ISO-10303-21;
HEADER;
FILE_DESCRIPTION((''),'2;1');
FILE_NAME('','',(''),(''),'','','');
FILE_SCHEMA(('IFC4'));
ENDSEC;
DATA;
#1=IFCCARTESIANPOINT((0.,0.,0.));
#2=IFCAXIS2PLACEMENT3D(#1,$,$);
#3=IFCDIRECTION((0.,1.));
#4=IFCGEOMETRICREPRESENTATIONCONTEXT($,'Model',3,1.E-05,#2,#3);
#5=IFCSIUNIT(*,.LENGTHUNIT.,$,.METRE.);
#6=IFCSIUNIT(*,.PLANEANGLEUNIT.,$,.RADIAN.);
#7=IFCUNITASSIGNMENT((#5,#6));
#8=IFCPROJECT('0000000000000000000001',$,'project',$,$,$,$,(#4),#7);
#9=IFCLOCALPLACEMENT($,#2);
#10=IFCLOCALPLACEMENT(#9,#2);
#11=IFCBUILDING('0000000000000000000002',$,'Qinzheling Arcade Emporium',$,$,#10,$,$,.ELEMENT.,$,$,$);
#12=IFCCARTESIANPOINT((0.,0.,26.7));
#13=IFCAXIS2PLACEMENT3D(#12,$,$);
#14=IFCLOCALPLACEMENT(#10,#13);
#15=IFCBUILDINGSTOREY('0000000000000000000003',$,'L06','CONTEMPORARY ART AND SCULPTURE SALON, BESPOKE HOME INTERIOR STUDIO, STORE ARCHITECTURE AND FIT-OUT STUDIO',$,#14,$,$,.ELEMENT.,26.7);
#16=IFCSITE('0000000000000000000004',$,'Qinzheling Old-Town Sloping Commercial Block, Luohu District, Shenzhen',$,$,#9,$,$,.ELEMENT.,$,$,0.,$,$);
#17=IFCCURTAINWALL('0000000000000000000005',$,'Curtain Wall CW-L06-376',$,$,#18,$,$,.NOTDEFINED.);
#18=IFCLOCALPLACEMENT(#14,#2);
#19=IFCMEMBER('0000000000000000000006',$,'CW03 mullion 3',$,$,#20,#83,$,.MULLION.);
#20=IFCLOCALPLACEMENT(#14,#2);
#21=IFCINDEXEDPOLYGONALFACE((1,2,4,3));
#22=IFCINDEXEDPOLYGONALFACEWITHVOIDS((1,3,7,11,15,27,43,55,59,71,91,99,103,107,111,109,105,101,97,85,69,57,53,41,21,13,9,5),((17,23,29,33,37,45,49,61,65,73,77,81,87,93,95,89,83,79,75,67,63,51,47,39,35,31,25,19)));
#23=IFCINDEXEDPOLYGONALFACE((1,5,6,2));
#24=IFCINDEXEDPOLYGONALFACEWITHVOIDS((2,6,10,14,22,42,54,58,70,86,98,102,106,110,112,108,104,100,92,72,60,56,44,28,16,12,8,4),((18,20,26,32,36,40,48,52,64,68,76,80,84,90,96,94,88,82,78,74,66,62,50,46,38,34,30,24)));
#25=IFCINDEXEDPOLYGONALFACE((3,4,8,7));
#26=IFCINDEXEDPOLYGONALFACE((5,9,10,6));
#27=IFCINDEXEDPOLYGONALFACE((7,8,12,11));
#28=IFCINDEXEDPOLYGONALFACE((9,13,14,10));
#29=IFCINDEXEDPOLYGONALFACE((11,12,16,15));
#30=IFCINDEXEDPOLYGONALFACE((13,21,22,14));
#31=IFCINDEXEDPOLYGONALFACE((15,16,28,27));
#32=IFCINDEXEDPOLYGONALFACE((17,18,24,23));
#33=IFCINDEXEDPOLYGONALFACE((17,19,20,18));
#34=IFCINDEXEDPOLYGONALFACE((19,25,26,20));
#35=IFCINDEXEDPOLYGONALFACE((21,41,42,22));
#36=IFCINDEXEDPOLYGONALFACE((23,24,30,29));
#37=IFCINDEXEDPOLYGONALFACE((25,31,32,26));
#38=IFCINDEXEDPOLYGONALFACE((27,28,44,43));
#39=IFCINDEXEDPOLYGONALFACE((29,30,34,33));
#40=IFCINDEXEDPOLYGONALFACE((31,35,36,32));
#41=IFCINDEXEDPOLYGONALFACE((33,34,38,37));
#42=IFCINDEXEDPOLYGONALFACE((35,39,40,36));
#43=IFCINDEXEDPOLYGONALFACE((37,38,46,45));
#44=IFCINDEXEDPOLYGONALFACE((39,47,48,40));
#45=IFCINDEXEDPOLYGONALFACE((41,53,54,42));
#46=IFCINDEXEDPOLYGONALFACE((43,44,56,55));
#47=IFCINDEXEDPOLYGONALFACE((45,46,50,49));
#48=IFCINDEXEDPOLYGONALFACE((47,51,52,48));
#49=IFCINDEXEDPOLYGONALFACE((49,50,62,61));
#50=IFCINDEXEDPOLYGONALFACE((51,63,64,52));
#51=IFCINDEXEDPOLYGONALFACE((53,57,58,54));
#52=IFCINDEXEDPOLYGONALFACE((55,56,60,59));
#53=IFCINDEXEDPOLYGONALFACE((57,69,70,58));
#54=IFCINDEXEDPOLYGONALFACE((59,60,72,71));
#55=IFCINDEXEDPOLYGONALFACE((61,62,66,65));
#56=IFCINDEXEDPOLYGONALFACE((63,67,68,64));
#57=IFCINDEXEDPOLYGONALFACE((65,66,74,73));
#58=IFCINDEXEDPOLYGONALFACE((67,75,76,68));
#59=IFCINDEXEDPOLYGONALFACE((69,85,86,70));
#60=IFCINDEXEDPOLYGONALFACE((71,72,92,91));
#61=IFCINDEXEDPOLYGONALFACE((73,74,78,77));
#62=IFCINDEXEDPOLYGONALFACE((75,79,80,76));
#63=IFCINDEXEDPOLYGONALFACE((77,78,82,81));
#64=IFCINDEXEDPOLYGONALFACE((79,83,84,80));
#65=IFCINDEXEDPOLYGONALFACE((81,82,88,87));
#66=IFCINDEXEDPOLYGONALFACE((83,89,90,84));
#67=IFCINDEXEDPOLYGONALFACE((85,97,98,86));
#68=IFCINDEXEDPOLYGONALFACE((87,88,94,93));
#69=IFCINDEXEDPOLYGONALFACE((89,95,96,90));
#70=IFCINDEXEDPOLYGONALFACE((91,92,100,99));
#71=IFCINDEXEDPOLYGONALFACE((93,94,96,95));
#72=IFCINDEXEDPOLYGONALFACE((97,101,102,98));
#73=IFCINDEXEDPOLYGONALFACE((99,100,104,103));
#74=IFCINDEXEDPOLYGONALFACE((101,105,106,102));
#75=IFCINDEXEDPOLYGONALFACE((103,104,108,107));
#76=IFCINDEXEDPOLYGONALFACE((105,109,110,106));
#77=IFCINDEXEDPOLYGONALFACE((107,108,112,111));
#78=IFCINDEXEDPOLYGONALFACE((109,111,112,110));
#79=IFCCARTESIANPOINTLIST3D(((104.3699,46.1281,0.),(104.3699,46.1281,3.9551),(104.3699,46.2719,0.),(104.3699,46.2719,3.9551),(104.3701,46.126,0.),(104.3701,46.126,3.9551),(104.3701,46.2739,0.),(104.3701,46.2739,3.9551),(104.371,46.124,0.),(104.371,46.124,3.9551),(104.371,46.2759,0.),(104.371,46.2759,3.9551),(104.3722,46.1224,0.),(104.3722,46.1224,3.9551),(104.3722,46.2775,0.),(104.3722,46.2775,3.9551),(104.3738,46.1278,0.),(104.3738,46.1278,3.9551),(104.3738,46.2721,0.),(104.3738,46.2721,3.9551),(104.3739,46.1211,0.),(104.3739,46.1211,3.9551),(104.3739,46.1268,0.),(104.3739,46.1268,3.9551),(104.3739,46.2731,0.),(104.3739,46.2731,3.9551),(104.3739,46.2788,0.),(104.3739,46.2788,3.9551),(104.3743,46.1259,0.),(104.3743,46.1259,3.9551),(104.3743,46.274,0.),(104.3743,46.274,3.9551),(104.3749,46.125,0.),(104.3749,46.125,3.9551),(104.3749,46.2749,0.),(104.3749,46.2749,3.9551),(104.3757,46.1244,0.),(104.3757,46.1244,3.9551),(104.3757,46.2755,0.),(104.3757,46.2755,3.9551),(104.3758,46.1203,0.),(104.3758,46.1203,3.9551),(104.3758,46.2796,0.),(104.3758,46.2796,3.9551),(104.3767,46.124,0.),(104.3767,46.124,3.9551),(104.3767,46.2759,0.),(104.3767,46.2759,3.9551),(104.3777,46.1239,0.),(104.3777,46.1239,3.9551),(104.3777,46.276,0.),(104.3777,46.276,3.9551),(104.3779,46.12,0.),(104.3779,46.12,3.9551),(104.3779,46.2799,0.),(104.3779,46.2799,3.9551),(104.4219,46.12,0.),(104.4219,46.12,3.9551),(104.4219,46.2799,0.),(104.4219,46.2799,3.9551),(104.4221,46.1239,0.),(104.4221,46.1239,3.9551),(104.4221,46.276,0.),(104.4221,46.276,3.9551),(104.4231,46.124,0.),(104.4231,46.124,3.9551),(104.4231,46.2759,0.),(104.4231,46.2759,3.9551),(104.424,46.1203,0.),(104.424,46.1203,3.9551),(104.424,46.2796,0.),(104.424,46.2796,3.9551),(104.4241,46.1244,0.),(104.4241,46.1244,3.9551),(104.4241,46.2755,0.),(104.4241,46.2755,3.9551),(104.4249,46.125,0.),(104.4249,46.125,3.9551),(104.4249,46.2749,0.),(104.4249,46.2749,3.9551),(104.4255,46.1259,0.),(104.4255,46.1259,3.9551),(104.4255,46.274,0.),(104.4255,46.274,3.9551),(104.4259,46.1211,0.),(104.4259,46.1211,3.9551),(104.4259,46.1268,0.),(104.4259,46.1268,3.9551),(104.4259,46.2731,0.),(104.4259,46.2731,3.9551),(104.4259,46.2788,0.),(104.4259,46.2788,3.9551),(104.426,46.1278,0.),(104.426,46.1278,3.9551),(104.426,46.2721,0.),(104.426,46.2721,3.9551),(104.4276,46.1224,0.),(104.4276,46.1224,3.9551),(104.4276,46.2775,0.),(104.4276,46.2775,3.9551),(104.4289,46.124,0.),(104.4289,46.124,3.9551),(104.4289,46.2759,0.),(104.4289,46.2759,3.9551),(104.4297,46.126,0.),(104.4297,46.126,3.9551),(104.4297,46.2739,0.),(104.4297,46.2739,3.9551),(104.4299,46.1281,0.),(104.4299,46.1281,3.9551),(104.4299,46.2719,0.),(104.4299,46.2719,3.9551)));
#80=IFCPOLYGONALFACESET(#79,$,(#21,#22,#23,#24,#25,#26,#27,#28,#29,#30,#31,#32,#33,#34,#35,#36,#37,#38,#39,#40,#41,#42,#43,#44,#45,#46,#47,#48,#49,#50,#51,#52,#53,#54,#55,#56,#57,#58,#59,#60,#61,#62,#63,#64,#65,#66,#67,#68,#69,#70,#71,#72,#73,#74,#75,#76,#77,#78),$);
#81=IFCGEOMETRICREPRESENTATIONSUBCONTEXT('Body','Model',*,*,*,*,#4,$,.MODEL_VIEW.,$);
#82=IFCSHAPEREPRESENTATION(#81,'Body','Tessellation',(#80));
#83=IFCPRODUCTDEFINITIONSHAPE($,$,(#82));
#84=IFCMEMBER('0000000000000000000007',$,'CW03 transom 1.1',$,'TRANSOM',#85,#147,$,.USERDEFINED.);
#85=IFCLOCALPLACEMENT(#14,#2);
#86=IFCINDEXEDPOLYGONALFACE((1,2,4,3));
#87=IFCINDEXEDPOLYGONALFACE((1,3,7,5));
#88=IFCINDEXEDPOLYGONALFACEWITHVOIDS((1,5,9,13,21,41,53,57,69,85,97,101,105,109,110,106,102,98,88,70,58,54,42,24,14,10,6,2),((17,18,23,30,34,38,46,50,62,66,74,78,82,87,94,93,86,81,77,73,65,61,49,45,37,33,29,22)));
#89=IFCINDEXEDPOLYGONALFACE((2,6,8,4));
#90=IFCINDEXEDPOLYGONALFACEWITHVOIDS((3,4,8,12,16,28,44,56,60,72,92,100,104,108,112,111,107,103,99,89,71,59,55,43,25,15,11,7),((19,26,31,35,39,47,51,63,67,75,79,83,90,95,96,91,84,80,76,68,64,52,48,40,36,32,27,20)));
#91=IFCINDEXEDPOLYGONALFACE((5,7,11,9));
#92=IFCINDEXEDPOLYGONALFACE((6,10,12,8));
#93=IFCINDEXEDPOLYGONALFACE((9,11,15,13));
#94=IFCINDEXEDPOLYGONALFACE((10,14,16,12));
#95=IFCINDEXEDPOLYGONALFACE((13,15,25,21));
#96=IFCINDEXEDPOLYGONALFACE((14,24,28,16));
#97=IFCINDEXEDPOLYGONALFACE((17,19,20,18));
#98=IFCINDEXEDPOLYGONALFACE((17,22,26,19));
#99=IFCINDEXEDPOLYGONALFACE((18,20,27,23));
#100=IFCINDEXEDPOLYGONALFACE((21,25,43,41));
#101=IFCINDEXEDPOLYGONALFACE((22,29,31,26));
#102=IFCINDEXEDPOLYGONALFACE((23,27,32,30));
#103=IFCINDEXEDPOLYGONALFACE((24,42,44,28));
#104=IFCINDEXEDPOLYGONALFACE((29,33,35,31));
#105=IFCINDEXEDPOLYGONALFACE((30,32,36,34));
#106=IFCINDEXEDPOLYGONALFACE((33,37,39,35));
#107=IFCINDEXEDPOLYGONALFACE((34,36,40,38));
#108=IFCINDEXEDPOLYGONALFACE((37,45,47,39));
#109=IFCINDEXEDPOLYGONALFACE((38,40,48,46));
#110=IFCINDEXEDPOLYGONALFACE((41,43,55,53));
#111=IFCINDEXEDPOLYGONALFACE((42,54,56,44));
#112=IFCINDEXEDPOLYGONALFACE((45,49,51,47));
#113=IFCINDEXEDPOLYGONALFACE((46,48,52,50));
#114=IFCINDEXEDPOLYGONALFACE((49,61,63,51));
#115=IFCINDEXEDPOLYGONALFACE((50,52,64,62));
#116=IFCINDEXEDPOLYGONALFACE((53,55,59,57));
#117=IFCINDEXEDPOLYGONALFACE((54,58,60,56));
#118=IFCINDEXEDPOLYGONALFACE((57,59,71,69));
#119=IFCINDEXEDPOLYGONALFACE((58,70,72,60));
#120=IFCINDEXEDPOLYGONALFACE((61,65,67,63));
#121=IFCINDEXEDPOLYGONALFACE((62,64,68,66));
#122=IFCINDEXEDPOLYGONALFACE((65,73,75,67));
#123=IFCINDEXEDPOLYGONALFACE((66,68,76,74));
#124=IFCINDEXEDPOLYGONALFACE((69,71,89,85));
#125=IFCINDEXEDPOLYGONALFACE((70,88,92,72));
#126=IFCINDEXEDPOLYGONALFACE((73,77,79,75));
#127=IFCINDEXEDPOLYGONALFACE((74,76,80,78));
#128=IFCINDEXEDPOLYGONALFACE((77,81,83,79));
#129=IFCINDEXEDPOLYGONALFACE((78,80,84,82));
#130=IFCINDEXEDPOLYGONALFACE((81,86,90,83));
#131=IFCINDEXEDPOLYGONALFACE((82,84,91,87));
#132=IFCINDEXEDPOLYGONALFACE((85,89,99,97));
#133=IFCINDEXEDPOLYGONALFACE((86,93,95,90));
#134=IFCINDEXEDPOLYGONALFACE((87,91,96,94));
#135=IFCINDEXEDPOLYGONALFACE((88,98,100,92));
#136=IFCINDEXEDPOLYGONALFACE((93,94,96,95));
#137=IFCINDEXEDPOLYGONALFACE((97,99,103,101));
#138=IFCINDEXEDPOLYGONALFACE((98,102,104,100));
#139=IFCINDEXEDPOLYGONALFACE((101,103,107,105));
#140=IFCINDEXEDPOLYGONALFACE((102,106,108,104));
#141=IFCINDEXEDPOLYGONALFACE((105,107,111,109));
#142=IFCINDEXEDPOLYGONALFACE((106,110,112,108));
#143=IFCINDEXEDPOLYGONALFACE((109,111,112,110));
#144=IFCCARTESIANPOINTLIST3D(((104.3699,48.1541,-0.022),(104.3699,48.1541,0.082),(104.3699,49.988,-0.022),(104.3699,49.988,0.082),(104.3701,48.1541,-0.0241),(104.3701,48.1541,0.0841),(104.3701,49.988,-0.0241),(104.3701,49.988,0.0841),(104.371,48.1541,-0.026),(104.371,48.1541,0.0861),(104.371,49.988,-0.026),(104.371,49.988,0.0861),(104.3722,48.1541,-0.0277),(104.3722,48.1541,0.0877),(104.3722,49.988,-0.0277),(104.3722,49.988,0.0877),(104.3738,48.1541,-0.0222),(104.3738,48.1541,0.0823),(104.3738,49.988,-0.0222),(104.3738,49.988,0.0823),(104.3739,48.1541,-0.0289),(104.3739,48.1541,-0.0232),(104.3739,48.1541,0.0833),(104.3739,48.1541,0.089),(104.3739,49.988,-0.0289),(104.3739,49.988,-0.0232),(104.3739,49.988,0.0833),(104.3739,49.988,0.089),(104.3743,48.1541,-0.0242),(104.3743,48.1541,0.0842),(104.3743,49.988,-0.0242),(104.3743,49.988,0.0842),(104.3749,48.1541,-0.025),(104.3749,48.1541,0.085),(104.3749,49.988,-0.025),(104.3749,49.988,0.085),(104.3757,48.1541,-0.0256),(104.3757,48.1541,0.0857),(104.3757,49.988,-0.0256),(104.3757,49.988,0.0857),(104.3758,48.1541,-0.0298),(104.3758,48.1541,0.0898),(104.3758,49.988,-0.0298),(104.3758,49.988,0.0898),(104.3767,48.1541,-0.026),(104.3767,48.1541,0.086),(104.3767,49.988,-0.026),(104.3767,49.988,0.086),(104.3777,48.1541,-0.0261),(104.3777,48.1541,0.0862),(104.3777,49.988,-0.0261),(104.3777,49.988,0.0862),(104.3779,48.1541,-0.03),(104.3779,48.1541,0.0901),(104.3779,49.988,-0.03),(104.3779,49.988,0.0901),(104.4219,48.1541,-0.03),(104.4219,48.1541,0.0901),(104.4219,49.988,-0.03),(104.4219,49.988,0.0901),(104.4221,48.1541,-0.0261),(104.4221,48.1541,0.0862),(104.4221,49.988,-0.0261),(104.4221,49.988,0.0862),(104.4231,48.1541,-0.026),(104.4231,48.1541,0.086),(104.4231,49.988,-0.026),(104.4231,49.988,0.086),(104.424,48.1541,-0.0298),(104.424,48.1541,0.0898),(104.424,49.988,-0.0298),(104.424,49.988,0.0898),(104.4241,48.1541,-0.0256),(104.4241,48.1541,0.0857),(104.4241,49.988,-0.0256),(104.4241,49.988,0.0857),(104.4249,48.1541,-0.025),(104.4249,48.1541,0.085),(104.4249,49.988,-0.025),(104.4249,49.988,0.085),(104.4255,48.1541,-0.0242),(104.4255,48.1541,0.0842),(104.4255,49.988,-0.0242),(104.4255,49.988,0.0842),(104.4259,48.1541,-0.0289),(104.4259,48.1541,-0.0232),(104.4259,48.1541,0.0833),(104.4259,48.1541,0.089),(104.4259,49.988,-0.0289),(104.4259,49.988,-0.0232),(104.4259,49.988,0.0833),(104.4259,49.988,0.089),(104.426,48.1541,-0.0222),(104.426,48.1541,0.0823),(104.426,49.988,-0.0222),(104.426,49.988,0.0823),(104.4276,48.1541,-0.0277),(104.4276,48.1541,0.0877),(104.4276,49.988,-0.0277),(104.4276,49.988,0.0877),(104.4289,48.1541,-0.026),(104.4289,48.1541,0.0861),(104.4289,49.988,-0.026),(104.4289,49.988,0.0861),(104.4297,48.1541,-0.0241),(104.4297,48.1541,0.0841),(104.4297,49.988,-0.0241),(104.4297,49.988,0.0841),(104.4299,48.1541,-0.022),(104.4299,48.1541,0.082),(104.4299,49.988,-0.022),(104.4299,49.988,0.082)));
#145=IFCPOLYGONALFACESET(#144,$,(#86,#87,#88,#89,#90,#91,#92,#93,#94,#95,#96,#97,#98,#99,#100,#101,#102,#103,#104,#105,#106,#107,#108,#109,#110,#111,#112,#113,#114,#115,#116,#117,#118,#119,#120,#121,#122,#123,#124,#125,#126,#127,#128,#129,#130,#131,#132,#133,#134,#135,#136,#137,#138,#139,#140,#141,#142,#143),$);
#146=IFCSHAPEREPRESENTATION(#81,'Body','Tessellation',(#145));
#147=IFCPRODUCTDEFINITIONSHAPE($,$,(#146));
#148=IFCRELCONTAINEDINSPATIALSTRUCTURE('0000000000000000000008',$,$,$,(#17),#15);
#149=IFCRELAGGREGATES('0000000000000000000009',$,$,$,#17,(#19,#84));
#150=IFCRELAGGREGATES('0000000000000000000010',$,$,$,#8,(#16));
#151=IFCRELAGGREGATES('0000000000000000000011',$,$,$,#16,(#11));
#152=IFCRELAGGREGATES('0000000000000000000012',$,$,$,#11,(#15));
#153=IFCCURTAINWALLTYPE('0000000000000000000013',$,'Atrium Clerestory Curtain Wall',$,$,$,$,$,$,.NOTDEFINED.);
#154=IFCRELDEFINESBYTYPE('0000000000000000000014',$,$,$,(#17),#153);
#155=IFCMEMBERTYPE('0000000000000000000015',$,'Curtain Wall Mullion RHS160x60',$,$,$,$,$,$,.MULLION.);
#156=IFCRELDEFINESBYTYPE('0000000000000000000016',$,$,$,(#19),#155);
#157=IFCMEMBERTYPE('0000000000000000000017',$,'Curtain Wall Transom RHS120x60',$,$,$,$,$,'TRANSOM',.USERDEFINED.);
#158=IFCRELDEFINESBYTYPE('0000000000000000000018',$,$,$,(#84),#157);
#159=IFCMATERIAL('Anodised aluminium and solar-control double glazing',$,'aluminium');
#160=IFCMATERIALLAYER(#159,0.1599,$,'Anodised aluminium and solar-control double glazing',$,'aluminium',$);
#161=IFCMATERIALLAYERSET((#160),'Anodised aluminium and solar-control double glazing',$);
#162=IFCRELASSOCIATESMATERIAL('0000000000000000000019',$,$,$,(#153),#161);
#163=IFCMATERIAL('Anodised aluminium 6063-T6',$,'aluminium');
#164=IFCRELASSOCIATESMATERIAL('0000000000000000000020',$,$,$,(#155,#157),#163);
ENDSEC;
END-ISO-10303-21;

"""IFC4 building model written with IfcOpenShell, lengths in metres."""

from ifc_helpers import new_model, si_unit, direction, frame, origin, origin_2d, place, context, subcontext, project, spatial, hollow_rectangle, extrude, material, layer, layer_set, material_profile, profile_set, type_object, element, aggregate, save


model = new_model("IFC4")

# Units and contexts
model_context = context("Model", 3, precision=1e-05, world=origin(), true_north=direction((0.0, 1.0)))
body_context = subcontext(model_context, "Body", "Model", "MODEL_VIEW")
ifc_project = project(units=[si_unit("LENGTHUNIT", "METRE"), si_unit("PLANEANGLEUNIT", "RADIAN")], contexts=[model_context])

# Site, building, storey
site_placement = place(None, origin())
site = spatial("IfcSite", under=ifc_project, at=site_placement, Name="Qinzheling Old-Town Sloping Commercial Block, Luohu District, Shenzhen", CompositionType="ELEMENT", RefElevation=0.0)
building_placement = place(site_placement, origin())
building = spatial("IfcBuilding", under=site, at=building_placement, Name="Qinzheling Arcade Emporium", CompositionType="ELEMENT")
storey_placement = place(building_placement, frame((0.0, 0.0, 26.7)))
storey = spatial("IfcBuildingStorey", under=building, at=storey_placement, Name="L06", Description="CONTEMPORARY ART AND SCULPTURE SALON, BESPOKE HOME INTERIOR STUDIO, STORE ARCHITECTURE AND FIT-OUT STUDIO", CompositionType="ELEMENT", Elevation=26.7)

# Curtain wall, members
ifc_material_1 = material(Name="Anodised aluminium and solar-control double glazing", Category="aluminium")
ifc_layer_1 = layer(ifc_material_1, 0.1599, Name="Anodised aluminium and solar-control double glazing", Category="aluminium")
ifc_layer_set_1 = layer_set([ifc_layer_1], Name="Anodised aluminium and solar-control double glazing")
curtain_wall_type = type_object("IfcCurtainWallType", Name="Atrium Clerestory Curtain Wall", PredefinedType="NOTDEFINED", material=ifc_layer_set_1)
curtain_wall_placement = place(storey_placement, origin())
curtain_wall = element("IfcCurtainWall", 1, at=curtain_wall_placement, inside=storey, type_object=curtain_wall_type, Name="Curtain Wall CW-L06-376", PredefinedType="NOTDEFINED")
ifc_material_2 = material(Name="Anodised aluminium 6063-T6", Category="aluminium")
ifc_material_profile_1 = material_profile(ifc_material_2, hollow_rectangle(XDim=0.0601, YDim=0.1599, WallThickness=0.0039, InnerFilletRadius=0.0039, OuterFilletRadius=0.0081, at=origin_2d()), Name="RHS 160x60x4", Category="aluminium")
ifc_profile_set_1 = profile_set([ifc_material_profile_1], Name="Anodised aluminium 6063-T6")
member_type_1 = type_object("IfcMemberType", Name="Curtain Wall Mullion RHS160x60", PredefinedType="MULLION", material=ifc_profile_set_1)
member_1_placement = place(storey_placement, frame((104.3999, 46.2, 0.0), z_axis=(0.0, 0.0, 1.0), x_axis=(1.0, 0.0, 0.0)))
member_1 = element("IfcMember", 2, at=member_1_placement, type_object=member_type_1, Name="CW03 mullion 3", PredefinedType="MULLION", context=body_context, shape_type="SweptSolid", body=[
    extrude(hollow_rectangle(XDim=0.0601, YDim=0.1599, WallThickness=0.0039, InnerFilletRadius=0.0039, OuterFilletRadius=0.0081, at=origin_2d()), origin(), (0.0, 0.0, 1.0), 3.9551),
])
ifc_material_profile_2 = material_profile(ifc_material_2, hollow_rectangle(XDim=0.0601, YDim=0.1201, WallThickness=0.0039, InnerFilletRadius=0.0039, OuterFilletRadius=0.0081, at=origin_2d()), Name="RHS 120x60x4", Category="aluminium")
ifc_profile_set_2 = profile_set([ifc_material_profile_2], Name="Anodised aluminium 6063-T6")
member_type_2 = type_object("IfcMemberType", Name="Curtain Wall Transom RHS120x60", ElementType="TRANSOM", PredefinedType="USERDEFINED", material=ifc_profile_set_2)
member_2_placement = place(storey_placement, frame((104.3999, 49.988, 0.03), z_axis=(0.0, -1.0, 0.0), x_axis=(1.0, 0.0, 0.0)))
member_2 = element("IfcMember", 3, at=member_2_placement, type_object=member_type_2, Name="CW03 transom 1.1", ObjectType="TRANSOM", PredefinedType="USERDEFINED", context=body_context, shape_type="SweptSolid", body=[
    extrude(hollow_rectangle(XDim=0.0601, YDim=0.1201, WallThickness=0.0039, InnerFilletRadius=0.0039, OuterFilletRadius=0.0081, at=origin_2d()), origin(), (0.0, 0.0, 1.0), 1.834),
])

aggregate(curtain_wall, [member_1, member_2])

save(model, "model.ifc")
